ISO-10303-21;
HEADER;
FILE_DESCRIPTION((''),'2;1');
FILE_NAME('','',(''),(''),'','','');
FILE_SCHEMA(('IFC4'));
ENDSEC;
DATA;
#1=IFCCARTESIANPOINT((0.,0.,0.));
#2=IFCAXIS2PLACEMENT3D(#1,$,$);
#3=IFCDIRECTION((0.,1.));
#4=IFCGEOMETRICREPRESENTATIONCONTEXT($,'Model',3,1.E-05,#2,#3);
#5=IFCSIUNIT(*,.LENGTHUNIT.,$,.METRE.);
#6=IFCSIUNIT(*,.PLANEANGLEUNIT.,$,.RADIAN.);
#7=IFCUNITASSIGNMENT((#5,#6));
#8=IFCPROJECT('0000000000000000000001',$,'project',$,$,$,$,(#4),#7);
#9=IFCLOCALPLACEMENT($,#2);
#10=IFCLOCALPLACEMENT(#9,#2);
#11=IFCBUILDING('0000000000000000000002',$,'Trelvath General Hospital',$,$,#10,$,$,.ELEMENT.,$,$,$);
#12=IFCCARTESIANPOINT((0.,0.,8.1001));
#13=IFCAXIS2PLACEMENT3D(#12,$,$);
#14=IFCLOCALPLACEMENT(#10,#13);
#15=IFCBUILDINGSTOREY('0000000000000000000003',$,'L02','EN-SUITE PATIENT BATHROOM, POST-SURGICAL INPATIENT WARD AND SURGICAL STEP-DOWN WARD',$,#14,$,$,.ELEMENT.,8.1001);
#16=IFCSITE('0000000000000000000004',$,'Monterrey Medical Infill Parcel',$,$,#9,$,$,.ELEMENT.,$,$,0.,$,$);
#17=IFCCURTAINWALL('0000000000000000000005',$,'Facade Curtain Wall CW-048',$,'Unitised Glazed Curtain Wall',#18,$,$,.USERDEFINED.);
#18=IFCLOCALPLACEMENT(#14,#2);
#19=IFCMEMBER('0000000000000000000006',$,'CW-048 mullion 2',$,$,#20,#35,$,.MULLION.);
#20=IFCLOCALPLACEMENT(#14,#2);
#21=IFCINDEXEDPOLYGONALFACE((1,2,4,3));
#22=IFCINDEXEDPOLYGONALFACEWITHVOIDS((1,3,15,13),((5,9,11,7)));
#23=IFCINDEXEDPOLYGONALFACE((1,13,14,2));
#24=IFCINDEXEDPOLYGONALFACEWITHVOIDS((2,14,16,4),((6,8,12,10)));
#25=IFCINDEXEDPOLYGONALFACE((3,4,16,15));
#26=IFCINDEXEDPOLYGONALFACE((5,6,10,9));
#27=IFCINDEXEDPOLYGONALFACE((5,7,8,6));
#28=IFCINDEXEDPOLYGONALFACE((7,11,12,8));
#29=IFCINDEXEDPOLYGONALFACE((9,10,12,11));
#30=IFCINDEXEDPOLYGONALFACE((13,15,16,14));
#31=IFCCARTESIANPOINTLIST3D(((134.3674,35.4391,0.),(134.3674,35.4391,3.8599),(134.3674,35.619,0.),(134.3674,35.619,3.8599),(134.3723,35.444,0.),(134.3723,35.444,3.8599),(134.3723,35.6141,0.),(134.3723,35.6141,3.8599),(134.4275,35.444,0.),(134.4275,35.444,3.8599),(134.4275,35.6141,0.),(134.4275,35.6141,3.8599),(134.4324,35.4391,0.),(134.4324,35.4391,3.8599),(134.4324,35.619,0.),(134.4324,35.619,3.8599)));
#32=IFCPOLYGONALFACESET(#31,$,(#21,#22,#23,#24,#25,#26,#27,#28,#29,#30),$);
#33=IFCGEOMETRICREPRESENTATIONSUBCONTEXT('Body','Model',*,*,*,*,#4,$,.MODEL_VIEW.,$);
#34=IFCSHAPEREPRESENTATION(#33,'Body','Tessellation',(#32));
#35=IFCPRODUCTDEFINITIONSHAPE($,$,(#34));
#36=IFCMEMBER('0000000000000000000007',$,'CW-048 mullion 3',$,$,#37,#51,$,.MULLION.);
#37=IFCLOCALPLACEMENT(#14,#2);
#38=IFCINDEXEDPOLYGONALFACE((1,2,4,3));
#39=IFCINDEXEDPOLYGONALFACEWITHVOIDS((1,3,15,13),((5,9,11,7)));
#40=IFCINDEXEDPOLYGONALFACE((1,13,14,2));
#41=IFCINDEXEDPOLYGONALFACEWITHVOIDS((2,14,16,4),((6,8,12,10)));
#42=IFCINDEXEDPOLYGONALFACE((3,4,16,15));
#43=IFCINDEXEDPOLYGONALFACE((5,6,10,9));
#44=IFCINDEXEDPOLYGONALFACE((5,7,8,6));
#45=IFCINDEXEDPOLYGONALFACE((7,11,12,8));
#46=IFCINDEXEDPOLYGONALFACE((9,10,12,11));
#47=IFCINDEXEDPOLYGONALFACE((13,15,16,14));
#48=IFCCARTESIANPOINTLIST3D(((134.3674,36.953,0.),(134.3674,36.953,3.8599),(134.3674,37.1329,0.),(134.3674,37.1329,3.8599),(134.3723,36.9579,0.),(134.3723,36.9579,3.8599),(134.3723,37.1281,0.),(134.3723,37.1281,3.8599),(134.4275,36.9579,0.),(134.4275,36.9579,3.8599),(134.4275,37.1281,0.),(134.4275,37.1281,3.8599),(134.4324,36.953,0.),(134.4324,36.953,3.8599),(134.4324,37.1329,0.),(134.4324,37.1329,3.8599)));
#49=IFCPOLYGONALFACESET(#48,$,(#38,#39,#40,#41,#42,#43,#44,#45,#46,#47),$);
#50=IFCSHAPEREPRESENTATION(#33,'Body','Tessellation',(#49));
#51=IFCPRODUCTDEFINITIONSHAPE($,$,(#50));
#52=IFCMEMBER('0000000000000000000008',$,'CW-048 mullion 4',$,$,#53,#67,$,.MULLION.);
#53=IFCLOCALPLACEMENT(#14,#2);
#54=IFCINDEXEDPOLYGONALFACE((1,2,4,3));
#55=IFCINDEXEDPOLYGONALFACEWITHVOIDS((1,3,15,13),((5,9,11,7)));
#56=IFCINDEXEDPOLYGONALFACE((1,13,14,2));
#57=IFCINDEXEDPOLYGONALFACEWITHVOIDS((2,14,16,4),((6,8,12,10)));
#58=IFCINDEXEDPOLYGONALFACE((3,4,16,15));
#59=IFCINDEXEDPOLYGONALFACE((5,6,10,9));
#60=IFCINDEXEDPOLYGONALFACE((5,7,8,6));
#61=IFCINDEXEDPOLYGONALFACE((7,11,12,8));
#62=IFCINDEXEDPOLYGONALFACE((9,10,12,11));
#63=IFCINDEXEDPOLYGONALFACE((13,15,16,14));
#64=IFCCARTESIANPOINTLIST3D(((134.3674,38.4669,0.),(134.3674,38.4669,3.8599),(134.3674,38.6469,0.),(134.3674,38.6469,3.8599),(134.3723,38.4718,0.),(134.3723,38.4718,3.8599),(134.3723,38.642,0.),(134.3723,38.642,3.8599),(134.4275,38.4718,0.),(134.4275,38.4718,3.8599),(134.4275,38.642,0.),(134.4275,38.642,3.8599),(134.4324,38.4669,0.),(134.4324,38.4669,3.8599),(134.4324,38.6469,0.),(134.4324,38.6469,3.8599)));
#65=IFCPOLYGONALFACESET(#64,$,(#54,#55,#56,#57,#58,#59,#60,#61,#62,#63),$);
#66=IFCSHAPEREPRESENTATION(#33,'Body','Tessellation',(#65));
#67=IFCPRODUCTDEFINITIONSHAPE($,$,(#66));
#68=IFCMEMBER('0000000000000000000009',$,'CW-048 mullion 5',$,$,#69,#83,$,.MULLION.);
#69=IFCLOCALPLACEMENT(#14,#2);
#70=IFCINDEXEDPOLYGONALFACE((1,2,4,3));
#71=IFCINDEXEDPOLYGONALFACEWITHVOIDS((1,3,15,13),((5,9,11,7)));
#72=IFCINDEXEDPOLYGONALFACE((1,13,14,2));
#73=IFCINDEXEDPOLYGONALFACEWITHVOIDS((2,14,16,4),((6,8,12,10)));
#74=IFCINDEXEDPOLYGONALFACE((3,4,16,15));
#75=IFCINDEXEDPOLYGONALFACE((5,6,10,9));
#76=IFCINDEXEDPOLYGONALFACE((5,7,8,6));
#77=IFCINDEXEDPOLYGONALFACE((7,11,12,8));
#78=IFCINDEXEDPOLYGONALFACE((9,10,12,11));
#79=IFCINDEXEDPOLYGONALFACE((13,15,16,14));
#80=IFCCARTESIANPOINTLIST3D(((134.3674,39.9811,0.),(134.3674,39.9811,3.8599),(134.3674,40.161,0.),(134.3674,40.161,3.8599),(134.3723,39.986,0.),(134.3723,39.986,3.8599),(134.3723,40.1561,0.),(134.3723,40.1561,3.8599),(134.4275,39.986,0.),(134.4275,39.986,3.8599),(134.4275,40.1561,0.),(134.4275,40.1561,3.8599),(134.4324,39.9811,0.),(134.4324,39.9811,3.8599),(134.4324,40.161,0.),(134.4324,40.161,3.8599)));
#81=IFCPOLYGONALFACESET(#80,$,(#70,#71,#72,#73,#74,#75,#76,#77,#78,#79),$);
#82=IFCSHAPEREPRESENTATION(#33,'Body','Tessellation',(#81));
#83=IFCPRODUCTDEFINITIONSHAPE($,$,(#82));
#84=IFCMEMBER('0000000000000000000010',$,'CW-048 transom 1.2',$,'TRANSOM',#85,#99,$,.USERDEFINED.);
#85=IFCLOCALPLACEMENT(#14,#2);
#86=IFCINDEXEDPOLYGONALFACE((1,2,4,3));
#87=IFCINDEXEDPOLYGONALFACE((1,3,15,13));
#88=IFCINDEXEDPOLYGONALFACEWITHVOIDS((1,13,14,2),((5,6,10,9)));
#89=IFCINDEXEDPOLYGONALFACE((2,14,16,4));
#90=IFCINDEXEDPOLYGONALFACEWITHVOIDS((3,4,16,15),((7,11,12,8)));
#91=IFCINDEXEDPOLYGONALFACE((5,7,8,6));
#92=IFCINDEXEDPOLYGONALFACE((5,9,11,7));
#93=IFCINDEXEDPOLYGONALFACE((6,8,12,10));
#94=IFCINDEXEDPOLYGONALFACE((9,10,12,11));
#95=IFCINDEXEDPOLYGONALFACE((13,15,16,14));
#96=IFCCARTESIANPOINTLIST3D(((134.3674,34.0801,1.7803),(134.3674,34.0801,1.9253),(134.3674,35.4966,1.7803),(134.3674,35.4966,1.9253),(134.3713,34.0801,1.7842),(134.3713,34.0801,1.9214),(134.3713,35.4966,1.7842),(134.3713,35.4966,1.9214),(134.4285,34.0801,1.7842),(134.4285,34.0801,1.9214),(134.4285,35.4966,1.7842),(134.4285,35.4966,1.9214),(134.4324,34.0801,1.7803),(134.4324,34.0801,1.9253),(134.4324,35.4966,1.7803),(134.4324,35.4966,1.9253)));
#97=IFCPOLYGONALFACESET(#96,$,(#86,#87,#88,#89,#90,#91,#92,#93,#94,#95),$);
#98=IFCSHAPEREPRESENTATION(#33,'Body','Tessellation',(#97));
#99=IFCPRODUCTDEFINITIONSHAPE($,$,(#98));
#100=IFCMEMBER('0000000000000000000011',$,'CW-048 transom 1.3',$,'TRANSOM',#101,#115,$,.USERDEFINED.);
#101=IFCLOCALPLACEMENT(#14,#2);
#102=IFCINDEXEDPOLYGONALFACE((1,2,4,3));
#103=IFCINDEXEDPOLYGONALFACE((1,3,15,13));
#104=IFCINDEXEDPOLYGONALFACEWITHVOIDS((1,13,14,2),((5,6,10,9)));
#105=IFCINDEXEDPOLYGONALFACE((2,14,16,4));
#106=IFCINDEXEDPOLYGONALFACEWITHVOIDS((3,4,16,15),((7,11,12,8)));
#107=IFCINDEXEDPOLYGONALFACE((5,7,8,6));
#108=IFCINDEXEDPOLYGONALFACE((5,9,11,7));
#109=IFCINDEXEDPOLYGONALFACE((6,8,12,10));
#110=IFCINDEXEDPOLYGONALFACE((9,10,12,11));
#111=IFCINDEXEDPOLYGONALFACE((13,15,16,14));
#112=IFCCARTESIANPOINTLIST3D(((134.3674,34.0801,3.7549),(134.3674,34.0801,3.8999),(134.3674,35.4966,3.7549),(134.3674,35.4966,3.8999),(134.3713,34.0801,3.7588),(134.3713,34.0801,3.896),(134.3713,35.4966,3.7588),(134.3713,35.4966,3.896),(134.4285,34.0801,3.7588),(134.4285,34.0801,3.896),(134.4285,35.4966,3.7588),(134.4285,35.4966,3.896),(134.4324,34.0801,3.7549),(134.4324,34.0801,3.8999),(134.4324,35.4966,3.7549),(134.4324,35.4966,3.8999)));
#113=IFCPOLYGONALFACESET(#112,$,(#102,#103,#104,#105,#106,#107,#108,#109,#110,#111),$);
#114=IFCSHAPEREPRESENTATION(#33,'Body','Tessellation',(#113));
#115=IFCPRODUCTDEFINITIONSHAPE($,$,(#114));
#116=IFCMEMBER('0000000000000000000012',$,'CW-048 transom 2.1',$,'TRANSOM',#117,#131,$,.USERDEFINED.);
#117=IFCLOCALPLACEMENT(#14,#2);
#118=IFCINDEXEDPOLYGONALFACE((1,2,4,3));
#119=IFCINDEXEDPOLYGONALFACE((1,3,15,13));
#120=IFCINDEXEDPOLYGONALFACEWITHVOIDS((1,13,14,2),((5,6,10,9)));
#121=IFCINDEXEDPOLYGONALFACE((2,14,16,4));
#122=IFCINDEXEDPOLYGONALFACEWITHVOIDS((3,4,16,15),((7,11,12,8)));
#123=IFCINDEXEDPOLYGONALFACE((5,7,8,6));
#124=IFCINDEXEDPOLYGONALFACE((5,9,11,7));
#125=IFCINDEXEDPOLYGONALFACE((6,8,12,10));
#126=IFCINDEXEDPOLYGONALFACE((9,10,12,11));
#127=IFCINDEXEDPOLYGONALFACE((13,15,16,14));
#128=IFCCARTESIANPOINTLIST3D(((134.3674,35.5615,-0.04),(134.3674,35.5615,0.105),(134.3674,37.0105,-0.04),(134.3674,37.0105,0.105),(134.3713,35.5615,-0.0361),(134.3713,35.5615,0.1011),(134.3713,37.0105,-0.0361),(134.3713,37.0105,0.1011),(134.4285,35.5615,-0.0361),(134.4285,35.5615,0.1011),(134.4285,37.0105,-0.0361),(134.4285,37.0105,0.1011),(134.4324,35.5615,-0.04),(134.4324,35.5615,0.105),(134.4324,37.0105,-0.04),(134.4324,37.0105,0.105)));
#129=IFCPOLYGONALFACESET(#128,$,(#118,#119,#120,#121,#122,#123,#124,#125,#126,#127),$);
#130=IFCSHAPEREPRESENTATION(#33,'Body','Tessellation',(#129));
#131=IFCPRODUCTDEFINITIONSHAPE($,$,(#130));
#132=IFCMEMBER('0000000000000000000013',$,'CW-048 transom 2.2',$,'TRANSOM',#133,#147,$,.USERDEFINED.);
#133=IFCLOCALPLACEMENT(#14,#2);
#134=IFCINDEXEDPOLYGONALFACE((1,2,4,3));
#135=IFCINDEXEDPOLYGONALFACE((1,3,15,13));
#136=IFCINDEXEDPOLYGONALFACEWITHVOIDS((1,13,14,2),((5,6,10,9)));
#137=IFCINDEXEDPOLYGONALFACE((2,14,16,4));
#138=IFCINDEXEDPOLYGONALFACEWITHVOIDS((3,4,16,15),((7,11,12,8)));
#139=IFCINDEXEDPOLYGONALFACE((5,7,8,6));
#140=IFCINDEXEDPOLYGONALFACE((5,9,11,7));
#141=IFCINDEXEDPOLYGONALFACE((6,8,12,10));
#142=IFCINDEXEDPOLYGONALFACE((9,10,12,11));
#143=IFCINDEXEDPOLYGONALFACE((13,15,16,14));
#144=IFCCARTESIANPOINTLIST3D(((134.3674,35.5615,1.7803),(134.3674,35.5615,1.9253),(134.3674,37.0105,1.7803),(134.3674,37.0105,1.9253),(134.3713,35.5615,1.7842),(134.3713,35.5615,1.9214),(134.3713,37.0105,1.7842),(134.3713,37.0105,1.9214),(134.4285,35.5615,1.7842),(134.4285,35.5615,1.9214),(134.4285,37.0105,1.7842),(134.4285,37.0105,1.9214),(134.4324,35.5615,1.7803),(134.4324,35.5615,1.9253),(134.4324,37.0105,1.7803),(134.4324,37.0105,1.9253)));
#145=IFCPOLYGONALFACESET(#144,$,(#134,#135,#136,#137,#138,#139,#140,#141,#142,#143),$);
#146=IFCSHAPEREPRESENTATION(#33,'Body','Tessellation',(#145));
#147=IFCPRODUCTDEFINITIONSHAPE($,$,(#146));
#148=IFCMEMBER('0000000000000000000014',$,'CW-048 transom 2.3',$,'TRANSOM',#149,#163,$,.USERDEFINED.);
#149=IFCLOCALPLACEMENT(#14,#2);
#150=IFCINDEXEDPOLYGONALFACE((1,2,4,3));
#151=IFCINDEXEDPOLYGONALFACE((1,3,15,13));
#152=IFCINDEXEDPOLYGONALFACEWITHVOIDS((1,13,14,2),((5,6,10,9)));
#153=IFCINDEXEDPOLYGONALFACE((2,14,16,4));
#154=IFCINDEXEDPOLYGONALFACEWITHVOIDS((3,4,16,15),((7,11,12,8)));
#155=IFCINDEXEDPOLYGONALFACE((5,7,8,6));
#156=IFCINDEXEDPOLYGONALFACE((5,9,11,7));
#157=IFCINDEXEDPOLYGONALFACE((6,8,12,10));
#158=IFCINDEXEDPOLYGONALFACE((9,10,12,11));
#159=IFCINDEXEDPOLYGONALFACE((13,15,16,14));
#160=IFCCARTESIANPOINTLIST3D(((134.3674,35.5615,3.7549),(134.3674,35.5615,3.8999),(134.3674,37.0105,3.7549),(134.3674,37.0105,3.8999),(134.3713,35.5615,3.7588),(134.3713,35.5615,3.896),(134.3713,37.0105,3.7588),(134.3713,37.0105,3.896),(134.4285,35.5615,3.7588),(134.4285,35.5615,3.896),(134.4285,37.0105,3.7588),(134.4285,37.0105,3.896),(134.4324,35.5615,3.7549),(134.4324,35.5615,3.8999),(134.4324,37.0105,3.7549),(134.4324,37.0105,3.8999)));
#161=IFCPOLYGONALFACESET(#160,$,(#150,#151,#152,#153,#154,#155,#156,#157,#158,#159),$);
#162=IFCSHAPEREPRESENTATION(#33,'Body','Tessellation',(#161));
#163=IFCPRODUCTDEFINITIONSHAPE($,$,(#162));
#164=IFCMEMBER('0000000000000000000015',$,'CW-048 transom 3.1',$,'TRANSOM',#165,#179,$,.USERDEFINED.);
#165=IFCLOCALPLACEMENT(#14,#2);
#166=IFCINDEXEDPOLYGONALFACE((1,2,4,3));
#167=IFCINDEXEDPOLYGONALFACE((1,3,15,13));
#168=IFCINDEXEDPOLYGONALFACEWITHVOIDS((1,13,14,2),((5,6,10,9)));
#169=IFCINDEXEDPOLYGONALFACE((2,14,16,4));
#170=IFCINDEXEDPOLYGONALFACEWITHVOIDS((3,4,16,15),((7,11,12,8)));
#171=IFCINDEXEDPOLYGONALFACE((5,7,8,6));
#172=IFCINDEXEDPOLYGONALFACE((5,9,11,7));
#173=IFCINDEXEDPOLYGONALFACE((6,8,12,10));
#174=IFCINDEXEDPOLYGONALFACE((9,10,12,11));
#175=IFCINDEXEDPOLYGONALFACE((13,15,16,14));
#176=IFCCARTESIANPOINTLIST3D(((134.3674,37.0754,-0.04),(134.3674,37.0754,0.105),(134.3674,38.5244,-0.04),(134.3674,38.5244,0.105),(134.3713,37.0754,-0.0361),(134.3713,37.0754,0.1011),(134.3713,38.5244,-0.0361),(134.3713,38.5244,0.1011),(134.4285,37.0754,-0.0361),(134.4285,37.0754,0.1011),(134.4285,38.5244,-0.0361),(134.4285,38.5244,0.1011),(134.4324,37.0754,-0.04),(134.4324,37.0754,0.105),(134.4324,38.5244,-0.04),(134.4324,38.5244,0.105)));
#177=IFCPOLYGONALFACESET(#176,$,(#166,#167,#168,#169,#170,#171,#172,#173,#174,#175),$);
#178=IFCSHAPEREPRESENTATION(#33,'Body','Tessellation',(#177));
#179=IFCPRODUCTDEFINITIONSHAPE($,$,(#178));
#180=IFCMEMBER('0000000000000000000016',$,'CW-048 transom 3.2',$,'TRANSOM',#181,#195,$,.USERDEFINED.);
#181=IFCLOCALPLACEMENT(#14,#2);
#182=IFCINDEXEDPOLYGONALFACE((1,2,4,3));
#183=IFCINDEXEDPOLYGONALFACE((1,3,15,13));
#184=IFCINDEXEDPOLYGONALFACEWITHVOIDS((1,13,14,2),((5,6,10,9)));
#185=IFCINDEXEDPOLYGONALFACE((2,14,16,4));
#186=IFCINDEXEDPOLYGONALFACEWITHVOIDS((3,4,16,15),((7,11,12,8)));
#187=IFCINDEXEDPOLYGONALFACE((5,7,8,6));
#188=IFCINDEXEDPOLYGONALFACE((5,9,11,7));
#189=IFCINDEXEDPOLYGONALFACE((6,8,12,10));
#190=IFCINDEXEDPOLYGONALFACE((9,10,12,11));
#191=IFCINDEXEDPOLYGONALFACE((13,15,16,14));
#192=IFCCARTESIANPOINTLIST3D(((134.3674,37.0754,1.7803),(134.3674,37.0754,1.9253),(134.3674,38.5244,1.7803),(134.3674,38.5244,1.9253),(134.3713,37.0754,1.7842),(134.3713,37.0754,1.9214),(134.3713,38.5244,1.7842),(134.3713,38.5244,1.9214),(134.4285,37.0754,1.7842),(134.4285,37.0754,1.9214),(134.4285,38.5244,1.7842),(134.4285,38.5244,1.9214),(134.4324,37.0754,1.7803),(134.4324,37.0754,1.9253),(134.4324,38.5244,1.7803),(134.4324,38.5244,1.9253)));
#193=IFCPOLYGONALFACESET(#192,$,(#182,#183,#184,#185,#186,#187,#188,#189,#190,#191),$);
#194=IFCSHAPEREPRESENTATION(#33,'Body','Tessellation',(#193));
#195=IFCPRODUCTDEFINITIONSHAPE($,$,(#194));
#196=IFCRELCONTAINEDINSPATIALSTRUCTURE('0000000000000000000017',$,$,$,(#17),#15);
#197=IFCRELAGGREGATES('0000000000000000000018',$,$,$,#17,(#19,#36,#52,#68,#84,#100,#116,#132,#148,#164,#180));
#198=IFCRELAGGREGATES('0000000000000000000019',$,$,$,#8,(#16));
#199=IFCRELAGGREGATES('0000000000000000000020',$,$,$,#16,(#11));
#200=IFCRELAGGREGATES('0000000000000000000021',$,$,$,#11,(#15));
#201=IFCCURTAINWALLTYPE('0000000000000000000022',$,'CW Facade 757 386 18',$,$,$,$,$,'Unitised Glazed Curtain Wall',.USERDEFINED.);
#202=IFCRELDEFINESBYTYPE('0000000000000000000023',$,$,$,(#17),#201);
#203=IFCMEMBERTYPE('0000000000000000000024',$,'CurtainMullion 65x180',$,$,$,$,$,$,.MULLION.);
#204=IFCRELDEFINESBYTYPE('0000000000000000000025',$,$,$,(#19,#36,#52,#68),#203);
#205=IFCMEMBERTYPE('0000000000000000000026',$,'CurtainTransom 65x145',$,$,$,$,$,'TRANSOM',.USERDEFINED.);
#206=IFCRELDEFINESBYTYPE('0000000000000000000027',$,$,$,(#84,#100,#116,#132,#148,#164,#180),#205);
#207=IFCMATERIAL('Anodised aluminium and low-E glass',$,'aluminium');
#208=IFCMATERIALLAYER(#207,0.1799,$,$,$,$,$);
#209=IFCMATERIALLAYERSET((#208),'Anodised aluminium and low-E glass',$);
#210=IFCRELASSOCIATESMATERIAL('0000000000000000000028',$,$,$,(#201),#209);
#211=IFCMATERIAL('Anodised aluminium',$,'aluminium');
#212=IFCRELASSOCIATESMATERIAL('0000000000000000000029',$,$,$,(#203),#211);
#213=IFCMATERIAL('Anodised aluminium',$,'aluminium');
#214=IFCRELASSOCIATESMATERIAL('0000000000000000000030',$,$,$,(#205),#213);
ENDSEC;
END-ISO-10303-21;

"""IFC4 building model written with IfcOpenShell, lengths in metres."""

from ifc_helpers import new_model, si_unit, direction, frame, origin, origin_2d, place, context, subcontext, project, spatial, hollow_rectangle, extrude, material, layer, layer_set, material_profile, profile_set, type_object, element, aggregate, save


model = new_model("IFC4")

# Units and contexts
model_context = context("Model", 3, precision=1e-05, world=origin(), true_north=direction((0.0, 1.0)))
body_context = subcontext(model_context, "Body", "Model", "MODEL_VIEW")
ifc_project = project(units=[si_unit("LENGTHUNIT", "METRE"), si_unit("PLANEANGLEUNIT", "RADIAN")], contexts=[model_context])

# Site, building, storey
site_placement = place(None, origin())
site = spatial("IfcSite", under=ifc_project, at=site_placement, Name="Monterrey Medical Infill Parcel", CompositionType="ELEMENT", RefElevation=0.0)
building_placement = place(site_placement, origin())
building = spatial("IfcBuilding", under=site, at=building_placement, Name="Trelvath General Hospital", CompositionType="ELEMENT")
storey_placement = place(building_placement, frame((0.0, 0.0, 8.1001)))
storey = spatial("IfcBuildingStorey", under=building, at=storey_placement, Name="L02", Description="EN-SUITE PATIENT BATHROOM, POST-SURGICAL INPATIENT WARD AND SURGICAL STEP-DOWN WARD", CompositionType="ELEMENT", Elevation=8.1001)

# Curtain wall, members
ifc_material_1 = material(Name="Anodised aluminium and low-E glass", Category="aluminium")
ifc_layer_1 = layer(ifc_material_1, 0.1799)
ifc_layer_set_1 = layer_set([ifc_layer_1], Name="Anodised aluminium and low-E glass")
curtain_wall_type = type_object("IfcCurtainWallType", Name="CW Facade 757 386 18", ElementType="Unitised Glazed Curtain Wall", PredefinedType="USERDEFINED", material=ifc_layer_set_1)
curtain_wall_placement = place(storey_placement, origin())
curtain_wall = element("IfcCurtainWall", 1, at=curtain_wall_placement, inside=storey, type_object=curtain_wall_type, Name="Facade Curtain Wall CW-048", ObjectType="Unitised Glazed Curtain Wall", PredefinedType="USERDEFINED")
ifc_material_2 = material(Name="Anodised aluminium", Category="aluminium")
ifc_material_profile_1 = material_profile(ifc_material_2, hollow_rectangle(XDim=0.0649, YDim=0.1799, WallThickness=0.0049, at=origin_2d()), Name="RHS65x180x5")
ifc_profile_set_1 = profile_set([ifc_material_profile_1], Name="Anodised aluminium")
member_type_1 = type_object("IfcMemberType", Name="CurtainMullion 65x180", PredefinedType="MULLION", material=ifc_profile_set_1)
member_1_placement = place(storey_placement, frame((134.3999, 35.5291, 0.0), z_axis=(0.0, 0.0, 1.0), x_axis=(-1.0, 0.0, 0.0)))
member_1 = element("IfcMember", 2, at=member_1_placement, type_object=member_type_1, Name="CW-048 mullion 2", PredefinedType="MULLION", context=body_context, shape_type="SweptSolid", body=[
    extrude(hollow_rectangle(XDim=0.0649, YDim=0.1799, WallThickness=0.0049, at=origin_2d()), origin(), (0.0, 0.0, 1.0), 3.8599),
])
member_2_placement = place(storey_placement, frame((134.3999, 37.043, 0.0), z_axis=(0.0, 0.0, 1.0), x_axis=(-1.0, 0.0, 0.0)))
member_2 = element("IfcMember", 3, at=member_2_placement, type_object=member_type_1, Name="CW-048 mullion 3", PredefinedType="MULLION", context=body_context, shape_type="SweptSolid", body=[
    extrude(hollow_rectangle(XDim=0.0649, YDim=0.1799, WallThickness=0.0049, at=origin_2d()), origin(), (0.0, 0.0, 1.0), 3.8599),
])
member_3_placement = place(storey_placement, frame((134.3999, 38.5569, 0.0), z_axis=(0.0, 0.0, 1.0), x_axis=(-1.0, 0.0, 0.0)))
member_3 = element("IfcMember", 4, at=member_3_placement, type_object=member_type_1, Name="CW-048 mullion 4", PredefinedType="MULLION", context=body_context, shape_type="SweptSolid", body=[
    extrude(hollow_rectangle(XDim=0.0649, YDim=0.1799, WallThickness=0.0049, at=origin_2d()), origin(), (0.0, 0.0, 1.0), 3.8599),
])
member_4_placement = place(storey_placement, frame((134.3999, 40.071, 0.0), z_axis=(0.0, 0.0, 1.0), x_axis=(-1.0, 0.0, 0.0)))
member_4 = element("IfcMember", 5, at=member_4_placement, type_object=member_type_1, Name="CW-048 mullion 5", PredefinedType="MULLION", context=body_context, shape_type="SweptSolid", body=[
    extrude(hollow_rectangle(XDim=0.0649, YDim=0.1799, WallThickness=0.0049, at=origin_2d()), origin(), (0.0, 0.0, 1.0), 3.8599),
])
ifc_material_3 = material(Name="Anodised aluminium", Category="aluminium")
ifc_material_profile_2 = material_profile(ifc_material_3, hollow_rectangle(XDim=0.0649, YDim=0.145, WallThickness=0.0039, at=origin_2d()), Name="RHS65x145x4")
ifc_profile_set_2 = profile_set([ifc_material_profile_2], Name="Anodised aluminium")
member_type_2 = type_object("IfcMemberType", Name="CurtainTransom 65x145", ElementType="TRANSOM", PredefinedType="USERDEFINED", material=ifc_profile_set_2)
member_5_placement = place(storey_placement, frame((134.3999, 34.0801, 1.8528), z_axis=(0.0, 1.0, 0.0), x_axis=(-1.0, 0.0, 0.0)))
member_5 = element("IfcMember", 6, at=member_5_placement, type_object=member_type_2, Name="CW-048 transom 1.2", ObjectType="TRANSOM", PredefinedType="USERDEFINED", context=body_context, shape_type="SweptSolid", body=[
    extrude(hollow_rectangle(XDim=0.0649, YDim=0.145, WallThickness=0.0039, at=origin_2d()), origin(), (0.0, 0.0, 1.0), 1.4165),
])
member_6_placement = place(storey_placement, frame((134.3999, 34.0801, 3.8274), z_axis=(0.0, 1.0, 0.0), x_axis=(-1.0, 0.0, 0.0)))
member_6 = element("IfcMember", 7, at=member_6_placement, type_object=member_type_2, Name="CW-048 transom 1.3", ObjectType="TRANSOM", PredefinedType="USERDEFINED", context=body_context, shape_type="SweptSolid", body=[
    extrude(hollow_rectangle(XDim=0.0649, YDim=0.145, WallThickness=0.0039, at=origin_2d()), origin(), (0.0, 0.0, 1.0), 1.4165),
])
member_7_placement = place(storey_placement, frame((134.3999, 35.5615, 0.0325), z_axis=(0.0, 1.0, 0.0), x_axis=(-1.0, 0.0, 0.0)))
member_7 = element("IfcMember", 8, at=member_7_placement, type_object=member_type_2, Name="CW-048 transom 2.1", ObjectType="TRANSOM", PredefinedType="USERDEFINED", context=body_context, shape_type="SweptSolid", body=[
    extrude(hollow_rectangle(XDim=0.0649, YDim=0.145, WallThickness=0.0039, at=origin_2d()), origin(), (0.0, 0.0, 1.0), 1.449),
])
member_8_placement = place(storey_placement, frame((134.3999, 35.5615, 1.8528), z_axis=(0.0, 1.0, 0.0), x_axis=(-1.0, 0.0, 0.0)))
member_8 = element("IfcMember", 9, at=member_8_placement, type_object=member_type_2, Name="CW-048 transom 2.2", ObjectType="TRANSOM", PredefinedType="USERDEFINED", context=body_context, shape_type="SweptSolid", body=[
    extrude(hollow_rectangle(XDim=0.0649, YDim=0.145, WallThickness=0.0039, at=origin_2d()), origin(), (0.0, 0.0, 1.0), 1.449),
])
member_9_placement = place(storey_placement, frame((134.3999, 35.5615, 3.8274), z_axis=(0.0, 1.0, 0.0), x_axis=(-1.0, 0.0, 0.0)))
member_9 = element("IfcMember", 10, at=member_9_placement, type_object=member_type_2, Name="CW-048 transom 2.3", ObjectType="TRANSOM", PredefinedType="USERDEFINED", context=body_context, shape_type="SweptSolid", body=[
    extrude(hollow_rectangle(XDim=0.0649, YDim=0.145, WallThickness=0.0039, at=origin_2d()), origin(), (0.0, 0.0, 1.0), 1.449),
])
member_10_placement = place(storey_placement, frame((134.3999, 37.0754, 0.0325), z_axis=(0.0, 1.0, 0.0), x_axis=(-1.0, 0.0, 0.0)))
member_10 = element("IfcMember", 11, at=member_10_placement, type_object=member_type_2, Name="CW-048 transom 3.1", ObjectType="TRANSOM", PredefinedType="USERDEFINED", context=body_context, shape_type="SweptSolid", body=[
    extrude(hollow_rectangle(XDim=0.0649, YDim=0.145, WallThickness=0.0039, at=origin_2d()), origin(), (0.0, 0.0, 1.0), 1.449),
])
member_11_placement = place(storey_placement, frame((134.3999, 37.0754, 1.8528), z_axis=(0.0, 1.0, 0.0), x_axis=(-1.0, 0.0, 0.0)))
member_11 = element("IfcMember", 12, at=member_11_placement, type_object=member_type_2, Name="CW-048 transom 3.2", ObjectType="TRANSOM", PredefinedType="USERDEFINED", context=body_context, shape_type="SweptSolid", body=[
    extrude(hollow_rectangle(XDim=0.0649, YDim=0.145, WallThickness=0.0039, at=origin_2d()), origin(), (0.0, 0.0, 1.0), 1.449),
])
aggregate(curtain_wall, [member_1, member_2, member_3, member_4, member_5, member_6, member_7, member_8, member_9, member_10, member_11])

save(model, "model.ifc")
